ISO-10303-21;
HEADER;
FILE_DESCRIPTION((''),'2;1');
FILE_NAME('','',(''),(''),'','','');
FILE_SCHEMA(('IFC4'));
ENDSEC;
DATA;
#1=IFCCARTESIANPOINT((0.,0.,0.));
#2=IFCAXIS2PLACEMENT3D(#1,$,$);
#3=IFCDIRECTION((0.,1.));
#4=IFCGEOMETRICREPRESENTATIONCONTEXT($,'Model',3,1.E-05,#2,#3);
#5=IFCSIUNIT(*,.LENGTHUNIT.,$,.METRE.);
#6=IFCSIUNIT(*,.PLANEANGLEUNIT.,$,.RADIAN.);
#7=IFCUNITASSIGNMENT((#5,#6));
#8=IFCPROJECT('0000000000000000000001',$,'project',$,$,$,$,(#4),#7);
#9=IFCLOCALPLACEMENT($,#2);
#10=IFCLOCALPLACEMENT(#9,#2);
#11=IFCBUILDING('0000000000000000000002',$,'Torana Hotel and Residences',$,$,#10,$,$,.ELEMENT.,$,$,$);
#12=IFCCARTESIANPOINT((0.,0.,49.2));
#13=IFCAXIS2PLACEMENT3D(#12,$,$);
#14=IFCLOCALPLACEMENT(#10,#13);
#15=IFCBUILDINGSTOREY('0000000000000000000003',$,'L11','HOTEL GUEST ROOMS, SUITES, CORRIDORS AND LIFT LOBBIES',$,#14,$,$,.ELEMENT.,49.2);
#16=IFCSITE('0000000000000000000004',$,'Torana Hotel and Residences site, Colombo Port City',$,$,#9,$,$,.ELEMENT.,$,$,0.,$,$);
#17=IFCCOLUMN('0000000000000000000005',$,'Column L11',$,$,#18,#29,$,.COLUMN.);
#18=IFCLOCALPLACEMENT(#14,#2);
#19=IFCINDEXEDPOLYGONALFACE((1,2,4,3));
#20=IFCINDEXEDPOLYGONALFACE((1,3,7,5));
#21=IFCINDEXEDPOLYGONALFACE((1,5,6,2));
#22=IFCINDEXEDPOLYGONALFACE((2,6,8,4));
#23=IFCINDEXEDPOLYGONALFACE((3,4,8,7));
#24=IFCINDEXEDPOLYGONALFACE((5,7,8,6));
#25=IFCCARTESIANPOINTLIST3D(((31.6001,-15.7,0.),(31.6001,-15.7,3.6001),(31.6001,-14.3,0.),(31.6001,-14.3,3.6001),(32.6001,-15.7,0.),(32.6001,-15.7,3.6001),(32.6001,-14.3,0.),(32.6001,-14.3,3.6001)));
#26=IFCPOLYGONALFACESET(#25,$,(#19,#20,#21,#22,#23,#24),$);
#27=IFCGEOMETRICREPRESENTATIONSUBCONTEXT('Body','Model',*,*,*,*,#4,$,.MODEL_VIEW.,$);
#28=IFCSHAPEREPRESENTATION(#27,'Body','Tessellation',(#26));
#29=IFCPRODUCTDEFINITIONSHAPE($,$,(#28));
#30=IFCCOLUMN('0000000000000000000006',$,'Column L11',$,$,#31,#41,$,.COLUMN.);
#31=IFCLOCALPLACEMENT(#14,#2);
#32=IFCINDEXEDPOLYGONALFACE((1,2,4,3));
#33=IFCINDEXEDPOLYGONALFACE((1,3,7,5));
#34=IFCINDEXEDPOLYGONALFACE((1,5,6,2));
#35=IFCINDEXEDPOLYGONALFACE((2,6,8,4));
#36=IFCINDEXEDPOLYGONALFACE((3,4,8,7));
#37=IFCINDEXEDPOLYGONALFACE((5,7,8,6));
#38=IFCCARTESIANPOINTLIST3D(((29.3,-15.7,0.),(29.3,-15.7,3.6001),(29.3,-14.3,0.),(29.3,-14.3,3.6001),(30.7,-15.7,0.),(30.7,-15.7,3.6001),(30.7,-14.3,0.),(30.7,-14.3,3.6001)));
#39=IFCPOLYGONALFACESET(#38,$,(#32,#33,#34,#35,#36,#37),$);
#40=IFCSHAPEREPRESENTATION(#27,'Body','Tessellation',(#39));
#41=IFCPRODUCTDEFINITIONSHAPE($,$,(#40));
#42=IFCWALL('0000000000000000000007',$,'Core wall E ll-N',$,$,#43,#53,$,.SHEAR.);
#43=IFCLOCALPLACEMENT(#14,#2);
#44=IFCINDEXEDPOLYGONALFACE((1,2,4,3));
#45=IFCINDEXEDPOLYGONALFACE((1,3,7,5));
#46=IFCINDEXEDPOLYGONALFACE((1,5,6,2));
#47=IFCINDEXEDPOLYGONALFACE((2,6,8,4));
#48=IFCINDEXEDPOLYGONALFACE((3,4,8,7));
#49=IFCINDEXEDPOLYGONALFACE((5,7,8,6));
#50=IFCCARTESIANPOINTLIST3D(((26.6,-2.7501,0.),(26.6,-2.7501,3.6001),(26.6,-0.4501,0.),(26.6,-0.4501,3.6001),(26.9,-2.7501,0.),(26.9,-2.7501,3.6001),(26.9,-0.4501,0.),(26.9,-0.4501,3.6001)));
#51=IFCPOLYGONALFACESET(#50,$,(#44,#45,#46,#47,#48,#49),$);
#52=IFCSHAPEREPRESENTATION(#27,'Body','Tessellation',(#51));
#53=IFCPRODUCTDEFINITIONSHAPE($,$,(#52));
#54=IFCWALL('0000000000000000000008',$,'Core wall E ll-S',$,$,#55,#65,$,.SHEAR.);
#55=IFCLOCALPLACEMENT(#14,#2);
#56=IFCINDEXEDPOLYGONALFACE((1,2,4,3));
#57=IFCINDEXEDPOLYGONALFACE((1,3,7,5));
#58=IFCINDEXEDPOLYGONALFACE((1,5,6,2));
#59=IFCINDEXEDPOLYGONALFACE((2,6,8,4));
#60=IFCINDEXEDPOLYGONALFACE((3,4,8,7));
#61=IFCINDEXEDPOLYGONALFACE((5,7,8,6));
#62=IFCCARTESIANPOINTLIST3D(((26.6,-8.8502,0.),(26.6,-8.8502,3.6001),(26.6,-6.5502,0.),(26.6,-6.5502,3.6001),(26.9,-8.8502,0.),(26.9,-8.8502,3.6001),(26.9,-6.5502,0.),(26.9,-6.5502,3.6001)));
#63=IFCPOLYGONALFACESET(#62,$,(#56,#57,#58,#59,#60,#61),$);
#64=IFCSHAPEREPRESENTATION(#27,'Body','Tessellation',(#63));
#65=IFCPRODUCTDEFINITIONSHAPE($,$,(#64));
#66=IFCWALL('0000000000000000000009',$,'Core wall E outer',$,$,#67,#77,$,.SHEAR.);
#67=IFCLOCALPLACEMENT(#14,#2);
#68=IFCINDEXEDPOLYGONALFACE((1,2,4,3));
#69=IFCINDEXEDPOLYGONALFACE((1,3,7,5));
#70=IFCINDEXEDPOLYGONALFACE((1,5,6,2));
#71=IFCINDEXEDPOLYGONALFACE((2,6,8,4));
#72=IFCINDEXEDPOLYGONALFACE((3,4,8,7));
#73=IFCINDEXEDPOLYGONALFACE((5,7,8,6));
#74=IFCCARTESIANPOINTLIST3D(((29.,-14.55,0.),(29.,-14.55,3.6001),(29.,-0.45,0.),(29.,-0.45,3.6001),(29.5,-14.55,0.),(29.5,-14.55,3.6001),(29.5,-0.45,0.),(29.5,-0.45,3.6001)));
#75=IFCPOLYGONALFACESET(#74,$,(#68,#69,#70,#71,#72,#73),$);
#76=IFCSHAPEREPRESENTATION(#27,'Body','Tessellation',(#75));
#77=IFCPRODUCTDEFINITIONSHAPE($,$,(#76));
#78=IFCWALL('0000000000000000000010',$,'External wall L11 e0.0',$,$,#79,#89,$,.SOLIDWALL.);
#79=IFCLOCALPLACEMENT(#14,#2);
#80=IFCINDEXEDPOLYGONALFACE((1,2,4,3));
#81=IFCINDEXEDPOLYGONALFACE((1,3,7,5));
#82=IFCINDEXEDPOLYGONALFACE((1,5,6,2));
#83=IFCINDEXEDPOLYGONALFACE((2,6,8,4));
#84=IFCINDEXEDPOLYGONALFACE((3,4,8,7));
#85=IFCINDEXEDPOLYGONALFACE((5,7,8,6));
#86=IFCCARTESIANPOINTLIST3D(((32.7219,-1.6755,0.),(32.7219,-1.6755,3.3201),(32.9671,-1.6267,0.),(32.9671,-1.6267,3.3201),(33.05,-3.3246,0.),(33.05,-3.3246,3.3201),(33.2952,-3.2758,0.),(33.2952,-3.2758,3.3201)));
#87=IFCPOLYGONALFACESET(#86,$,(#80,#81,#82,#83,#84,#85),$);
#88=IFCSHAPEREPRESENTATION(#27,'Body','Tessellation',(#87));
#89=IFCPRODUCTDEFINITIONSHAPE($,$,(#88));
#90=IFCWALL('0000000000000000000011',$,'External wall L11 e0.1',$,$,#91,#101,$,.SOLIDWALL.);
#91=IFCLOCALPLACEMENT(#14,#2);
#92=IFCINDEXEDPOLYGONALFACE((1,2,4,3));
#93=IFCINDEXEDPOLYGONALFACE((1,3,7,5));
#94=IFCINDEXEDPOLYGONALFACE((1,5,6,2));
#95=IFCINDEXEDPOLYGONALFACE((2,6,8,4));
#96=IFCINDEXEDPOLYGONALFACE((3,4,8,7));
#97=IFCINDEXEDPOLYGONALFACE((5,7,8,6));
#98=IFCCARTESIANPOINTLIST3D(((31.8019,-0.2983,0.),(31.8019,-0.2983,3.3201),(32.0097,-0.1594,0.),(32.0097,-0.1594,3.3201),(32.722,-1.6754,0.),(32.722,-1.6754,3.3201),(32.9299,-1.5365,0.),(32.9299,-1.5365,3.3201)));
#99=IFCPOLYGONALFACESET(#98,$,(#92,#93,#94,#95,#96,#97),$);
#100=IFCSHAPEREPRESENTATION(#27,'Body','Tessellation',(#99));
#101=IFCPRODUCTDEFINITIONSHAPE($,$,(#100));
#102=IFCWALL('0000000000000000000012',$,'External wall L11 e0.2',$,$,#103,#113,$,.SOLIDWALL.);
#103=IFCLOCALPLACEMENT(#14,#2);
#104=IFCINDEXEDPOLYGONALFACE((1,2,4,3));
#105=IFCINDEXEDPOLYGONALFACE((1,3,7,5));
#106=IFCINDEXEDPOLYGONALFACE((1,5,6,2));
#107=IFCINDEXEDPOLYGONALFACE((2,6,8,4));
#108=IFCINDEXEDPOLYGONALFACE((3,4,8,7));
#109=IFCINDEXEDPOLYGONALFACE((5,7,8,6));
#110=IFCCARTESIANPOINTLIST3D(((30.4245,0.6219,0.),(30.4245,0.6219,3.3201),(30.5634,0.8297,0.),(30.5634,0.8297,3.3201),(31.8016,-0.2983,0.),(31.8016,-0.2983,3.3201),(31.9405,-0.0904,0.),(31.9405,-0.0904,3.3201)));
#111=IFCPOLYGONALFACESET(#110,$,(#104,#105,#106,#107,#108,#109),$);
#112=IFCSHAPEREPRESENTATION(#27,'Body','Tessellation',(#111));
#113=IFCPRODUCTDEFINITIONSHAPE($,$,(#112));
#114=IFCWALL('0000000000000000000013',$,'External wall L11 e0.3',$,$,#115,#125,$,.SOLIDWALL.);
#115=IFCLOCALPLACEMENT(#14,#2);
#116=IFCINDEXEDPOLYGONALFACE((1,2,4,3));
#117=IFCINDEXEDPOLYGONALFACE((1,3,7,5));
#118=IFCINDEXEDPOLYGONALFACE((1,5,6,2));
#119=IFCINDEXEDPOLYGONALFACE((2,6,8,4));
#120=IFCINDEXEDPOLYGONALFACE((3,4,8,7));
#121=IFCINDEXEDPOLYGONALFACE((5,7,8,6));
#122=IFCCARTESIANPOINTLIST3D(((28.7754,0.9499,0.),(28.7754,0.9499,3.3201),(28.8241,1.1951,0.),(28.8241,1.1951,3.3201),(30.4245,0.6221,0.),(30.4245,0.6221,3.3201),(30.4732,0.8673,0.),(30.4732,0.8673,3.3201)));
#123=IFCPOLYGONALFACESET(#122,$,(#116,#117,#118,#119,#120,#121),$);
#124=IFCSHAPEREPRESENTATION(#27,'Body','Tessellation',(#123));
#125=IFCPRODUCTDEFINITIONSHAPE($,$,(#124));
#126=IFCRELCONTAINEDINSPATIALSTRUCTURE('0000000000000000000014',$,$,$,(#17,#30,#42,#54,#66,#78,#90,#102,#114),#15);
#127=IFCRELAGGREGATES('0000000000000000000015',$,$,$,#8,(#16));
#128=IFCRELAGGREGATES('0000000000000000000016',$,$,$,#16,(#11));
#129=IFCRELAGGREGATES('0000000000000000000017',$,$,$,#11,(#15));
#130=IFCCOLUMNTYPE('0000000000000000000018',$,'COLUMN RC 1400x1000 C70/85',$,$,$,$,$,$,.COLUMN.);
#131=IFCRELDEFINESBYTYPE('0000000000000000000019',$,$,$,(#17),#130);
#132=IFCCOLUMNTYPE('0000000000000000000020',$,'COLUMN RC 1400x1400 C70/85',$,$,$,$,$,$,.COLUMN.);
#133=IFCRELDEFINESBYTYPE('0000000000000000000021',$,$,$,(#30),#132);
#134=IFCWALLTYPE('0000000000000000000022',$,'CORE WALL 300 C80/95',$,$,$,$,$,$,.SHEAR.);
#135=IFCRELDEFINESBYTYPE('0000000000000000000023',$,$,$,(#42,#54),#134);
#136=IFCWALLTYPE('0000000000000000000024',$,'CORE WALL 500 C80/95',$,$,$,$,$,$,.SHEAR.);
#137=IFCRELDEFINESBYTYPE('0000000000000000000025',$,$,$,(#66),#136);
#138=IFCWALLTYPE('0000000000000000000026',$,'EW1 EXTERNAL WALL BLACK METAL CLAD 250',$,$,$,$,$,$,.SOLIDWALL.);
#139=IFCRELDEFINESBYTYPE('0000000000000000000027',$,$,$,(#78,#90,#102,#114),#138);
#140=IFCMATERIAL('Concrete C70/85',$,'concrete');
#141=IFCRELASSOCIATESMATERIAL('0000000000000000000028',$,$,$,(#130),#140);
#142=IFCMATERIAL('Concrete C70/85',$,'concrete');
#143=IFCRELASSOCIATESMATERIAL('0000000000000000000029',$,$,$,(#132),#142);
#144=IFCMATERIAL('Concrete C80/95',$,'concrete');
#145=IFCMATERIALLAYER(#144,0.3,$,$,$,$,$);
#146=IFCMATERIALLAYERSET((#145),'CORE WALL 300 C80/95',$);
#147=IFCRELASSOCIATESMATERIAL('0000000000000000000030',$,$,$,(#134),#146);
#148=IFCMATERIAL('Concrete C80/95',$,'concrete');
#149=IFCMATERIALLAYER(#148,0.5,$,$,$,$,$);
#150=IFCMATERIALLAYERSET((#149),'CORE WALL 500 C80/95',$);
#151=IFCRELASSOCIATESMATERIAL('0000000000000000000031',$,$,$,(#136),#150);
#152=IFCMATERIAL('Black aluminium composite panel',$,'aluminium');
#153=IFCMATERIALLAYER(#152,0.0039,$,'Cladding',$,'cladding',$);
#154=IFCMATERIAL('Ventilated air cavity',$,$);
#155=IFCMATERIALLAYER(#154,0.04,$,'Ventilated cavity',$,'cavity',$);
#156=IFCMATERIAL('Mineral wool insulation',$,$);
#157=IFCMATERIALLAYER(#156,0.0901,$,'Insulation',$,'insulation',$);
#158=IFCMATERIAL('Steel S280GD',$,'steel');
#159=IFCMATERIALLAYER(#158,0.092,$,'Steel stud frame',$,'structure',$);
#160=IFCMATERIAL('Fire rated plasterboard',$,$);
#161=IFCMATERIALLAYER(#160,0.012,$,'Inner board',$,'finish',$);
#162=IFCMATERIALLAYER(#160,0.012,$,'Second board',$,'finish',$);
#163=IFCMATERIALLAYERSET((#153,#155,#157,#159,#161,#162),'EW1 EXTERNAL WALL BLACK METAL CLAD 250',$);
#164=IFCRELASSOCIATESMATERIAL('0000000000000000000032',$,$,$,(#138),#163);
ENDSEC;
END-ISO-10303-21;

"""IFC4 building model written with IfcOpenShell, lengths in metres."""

from ifc_helpers import new_model, si_unit, direction, frame, frame_2d, origin, origin_2d, place, context, subcontext, project, spatial, rectangle, extrude, material, layer, layer_set, material_profile, profile_set, type_object, element, save


model = new_model("IFC4")

# Units and contexts
model_context = context("Model", 3, precision=1e-05, world=origin(), true_north=direction((0.0, 1.0)))
body_context = subcontext(model_context, "Body", "Model", "MODEL_VIEW")
ifc_project = project(units=[si_unit("LENGTHUNIT", "METRE"), si_unit("PLANEANGLEUNIT", "RADIAN")], contexts=[model_context])

# Site, building, storey
site_placement = place(None, origin())
site = spatial("IfcSite", under=ifc_project, at=site_placement, Name="Torana Hotel and Residences site, Colombo Port City", CompositionType="ELEMENT", RefElevation=0.0)
building_placement = place(site_placement, origin())
building = spatial("IfcBuilding", under=site, at=building_placement, Name="Torana Hotel and Residences", CompositionType="ELEMENT")
storey_placement = place(building_placement, frame((0.0, 0.0, 49.2)))
storey = spatial("IfcBuildingStorey", under=building, at=storey_placement, Name="L11", Description="HOTEL GUEST ROOMS, SUITES, CORRIDORS AND LIFT LOBBIES", CompositionType="ELEMENT", Elevation=49.2)

# Columns
ifc_material_1 = material(Name="Concrete C70/85", Category="concrete")
ifc_material_profile_1 = material_profile(ifc_material_1, rectangle(XDim=1.3999, YDim=1.0, at=origin_2d()), Name="RC 1400x1000")
ifc_profile_set_1 = profile_set([ifc_material_profile_1], Name="Concrete C70/85")
column_type_1 = type_object("IfcColumnType", Name="COLUMN RC 1400x1000 C70/85", PredefinedType="COLUMN", material=ifc_profile_set_1)
column_1_placement = place(storey_placement, frame((32.1001, -15.0, 0.0), z_axis=(0.0, 0.0, 1.0), x_axis=(0.0, 1.0, 0.0)))
element("IfcColumn", 1, at=column_1_placement, inside=storey, type_object=column_type_1, Name="Column L11", PredefinedType="COLUMN", context=body_context, shape_type="SweptSolid", body=[
    extrude(rectangle(XDim=1.3999, YDim=1.0, at=origin_2d()), origin(), (0.0, 0.0, 1.0), 3.6001),
])
ifc_material_2 = material(Name="Concrete C70/85", Category="concrete")
ifc_material_profile_2 = material_profile(ifc_material_2, rectangle(XDim=1.3999, YDim=1.3999, at=origin_2d()), Name="RC 1400x1400")
ifc_profile_set_2 = profile_set([ifc_material_profile_2], Name="Concrete C70/85")
column_type_2 = type_object("IfcColumnType", Name="COLUMN RC 1400x1400 C70/85", PredefinedType="COLUMN", material=ifc_profile_set_2)
column_2_placement = place(storey_placement, frame((30.0, -15.0, 0.0), z_axis=(0.0, 0.0, 1.0), x_axis=(1.0, 0.0, 0.0)))
element("IfcColumn", 2, at=column_2_placement, inside=storey, type_object=column_type_2, Name="Column L11", PredefinedType="COLUMN", context=body_context, shape_type="SweptSolid", body=[
    extrude(rectangle(XDim=1.3999, YDim=1.3999, at=origin_2d()), origin(), (0.0, 0.0, 1.0), 3.6001),
])

# Walls
ifc_material_3 = material(Name="Concrete C80/95", Category="concrete")
ifc_layer_1 = layer(ifc_material_3, 0.3)
ifc_layer_set_1 = layer_set([ifc_layer_1], Name="CORE WALL 300 C80/95")
wall_type_1 = type_object("IfcWallType", Name="CORE WALL 300 C80/95", PredefinedType="SHEAR", material=ifc_layer_set_1)
for number, where, z_axis, x_axis, name in (
    (3, (26.75, -2.75, 0.0), (0.0, 0.0, 1.0), (0.0, 1.0, 0.0), "Core wall E ll-N"),
    (4, (26.75, -8.8501, 0.0), (0.0, 0.0, 1.0), (0.0, 1.0, 0.0), "Core wall E ll-S"),
):
    element("IfcWall", number, at=place(storey_placement, frame(where, z_axis=z_axis, x_axis=x_axis)), inside=storey, type_object=wall_type_1, Name=name, PredefinedType="SHEAR", context=body_context, shape_type="SweptSolid", body=[
        extrude(rectangle(XDim=2.3, YDim=0.3, at=frame_2d((1.1499, 0.0))), origin(), (0.0, 0.0, 1.0), 3.6001),
    ])
ifc_material_4 = material(Name="Concrete C80/95", Category="concrete")
ifc_layer_2 = layer(ifc_material_4, 0.5)
ifc_layer_set_2 = layer_set([ifc_layer_2], Name="CORE WALL 500 C80/95")
wall_type_2 = type_object("IfcWallType", Name="CORE WALL 500 C80/95", PredefinedType="SHEAR", material=ifc_layer_set_2)
wall_1_placement = place(storey_placement, frame((29.25, -14.55, 0.0), z_axis=(0.0, 0.0, 1.0), x_axis=(0.0, 1.0, 0.0)))
element("IfcWall", 5, at=wall_1_placement, inside=storey, type_object=wall_type_2, Name="Core wall E outer", PredefinedType="SHEAR", context=body_context, shape_type="SweptSolid", body=[
    extrude(rectangle(XDim=14.1001, YDim=0.5, at=frame_2d((7.05, 0.0))), origin(), (0.0, 0.0, 1.0), 3.6001),
])
ifc_material_5 = material(Name="Black aluminium composite panel", Category="aluminium")
ifc_layer_3 = layer(ifc_material_5, 0.0039, Name="Cladding", Category="cladding")
ifc_material_6 = material(Name="Ventilated air cavity")
ifc_layer_4 = layer(ifc_material_6, 0.04, Name="Ventilated cavity", Category="cavity")
ifc_material_7 = material(Name="Mineral wool insulation")
ifc_layer_5 = layer(ifc_material_7, 0.0901, Name="Insulation", Category="insulation")
ifc_material_8 = material(Name="Steel S280GD", Category="steel")
ifc_layer_6 = layer(ifc_material_8, 0.092, Name="Steel stud frame", Category="structure")
ifc_material_9 = material(Name="Fire rated plasterboard")
ifc_layer_7 = layer(ifc_material_9, 0.012, Name="Inner board", Category="finish")
ifc_layer_8 = layer(ifc_material_9, 0.012, Name="Second board", Category="finish")
ifc_layer_set_3 = layer_set([ifc_layer_3, ifc_layer_4, ifc_layer_5, ifc_layer_6, ifc_layer_7, ifc_layer_8], Name="EW1 EXTERNAL WALL BLACK METAL CLAD 250")
wall_type_3 = type_object("IfcWallType", Name="EW1 EXTERNAL WALL BLACK METAL CLAD 250", PredefinedType="SOLIDWALL", material=ifc_layer_set_3)
wall_2_placement = place(storey_placement, frame((33.1726, -3.3003, 0.0), z_axis=(0.0, 0.0, 1.0), x_axis=(-0.195139, 0.980776, 0.0)))
element("IfcWall", 6, at=wall_2_placement, inside=storey, type_object=wall_type_3, Name="External wall L11 e0.0", PredefinedType="SOLIDWALL", context=body_context, shape_type="SweptSolid", body=[
    extrude(rectangle(XDim=1.6814, YDim=0.25, at=frame_2d((0.8408, 0.0))), origin(), (0.0, 0.0, 1.0), 3.3201),
])
for number, where, z_axis, x_axis, name in (
    (7, (32.8259, -1.606, 0.0), (0.0, 0.0, 1.0), (-0.55555, 0.831483, 0.0), "External wall L11 e0.1"),
    (8, (31.8711, -0.1943, 0.0), (0.0, 0.0, 1.0), (-0.831483, 0.55555, 0.0), "External wall L11 e0.2"),
):
    element("IfcWall", number, at=place(storey_placement, frame(where, z_axis=z_axis, x_axis=x_axis)), inside=storey, type_object=wall_type_3, Name=name, PredefinedType="SOLIDWALL", context=body_context, shape_type="SweptSolid", body=[
        extrude(rectangle(XDim=1.6562, YDim=0.25, at=frame_2d((0.8281, 0.0))), origin(), (0.0, 0.0, 1.0), 3.3201),
    ])
wall_3_placement = place(storey_placement, frame((30.449, 0.7446, 0.0), z_axis=(0.0, 0.0, 1.0), x_axis=(-0.980803, 0.194999, 0.0)))
element("IfcWall", 9, at=wall_3_placement, inside=storey, type_object=wall_type_3, Name="External wall L11 e0.3", PredefinedType="SOLIDWALL", context=body_context, shape_type="SweptSolid", body=[
    extrude(rectangle(XDim=1.6814, YDim=0.25, at=frame_2d((0.8408, 0.0))), origin(), (0.0, 0.0, 1.0), 3.3201),
])

save(model, "model.ifc")
